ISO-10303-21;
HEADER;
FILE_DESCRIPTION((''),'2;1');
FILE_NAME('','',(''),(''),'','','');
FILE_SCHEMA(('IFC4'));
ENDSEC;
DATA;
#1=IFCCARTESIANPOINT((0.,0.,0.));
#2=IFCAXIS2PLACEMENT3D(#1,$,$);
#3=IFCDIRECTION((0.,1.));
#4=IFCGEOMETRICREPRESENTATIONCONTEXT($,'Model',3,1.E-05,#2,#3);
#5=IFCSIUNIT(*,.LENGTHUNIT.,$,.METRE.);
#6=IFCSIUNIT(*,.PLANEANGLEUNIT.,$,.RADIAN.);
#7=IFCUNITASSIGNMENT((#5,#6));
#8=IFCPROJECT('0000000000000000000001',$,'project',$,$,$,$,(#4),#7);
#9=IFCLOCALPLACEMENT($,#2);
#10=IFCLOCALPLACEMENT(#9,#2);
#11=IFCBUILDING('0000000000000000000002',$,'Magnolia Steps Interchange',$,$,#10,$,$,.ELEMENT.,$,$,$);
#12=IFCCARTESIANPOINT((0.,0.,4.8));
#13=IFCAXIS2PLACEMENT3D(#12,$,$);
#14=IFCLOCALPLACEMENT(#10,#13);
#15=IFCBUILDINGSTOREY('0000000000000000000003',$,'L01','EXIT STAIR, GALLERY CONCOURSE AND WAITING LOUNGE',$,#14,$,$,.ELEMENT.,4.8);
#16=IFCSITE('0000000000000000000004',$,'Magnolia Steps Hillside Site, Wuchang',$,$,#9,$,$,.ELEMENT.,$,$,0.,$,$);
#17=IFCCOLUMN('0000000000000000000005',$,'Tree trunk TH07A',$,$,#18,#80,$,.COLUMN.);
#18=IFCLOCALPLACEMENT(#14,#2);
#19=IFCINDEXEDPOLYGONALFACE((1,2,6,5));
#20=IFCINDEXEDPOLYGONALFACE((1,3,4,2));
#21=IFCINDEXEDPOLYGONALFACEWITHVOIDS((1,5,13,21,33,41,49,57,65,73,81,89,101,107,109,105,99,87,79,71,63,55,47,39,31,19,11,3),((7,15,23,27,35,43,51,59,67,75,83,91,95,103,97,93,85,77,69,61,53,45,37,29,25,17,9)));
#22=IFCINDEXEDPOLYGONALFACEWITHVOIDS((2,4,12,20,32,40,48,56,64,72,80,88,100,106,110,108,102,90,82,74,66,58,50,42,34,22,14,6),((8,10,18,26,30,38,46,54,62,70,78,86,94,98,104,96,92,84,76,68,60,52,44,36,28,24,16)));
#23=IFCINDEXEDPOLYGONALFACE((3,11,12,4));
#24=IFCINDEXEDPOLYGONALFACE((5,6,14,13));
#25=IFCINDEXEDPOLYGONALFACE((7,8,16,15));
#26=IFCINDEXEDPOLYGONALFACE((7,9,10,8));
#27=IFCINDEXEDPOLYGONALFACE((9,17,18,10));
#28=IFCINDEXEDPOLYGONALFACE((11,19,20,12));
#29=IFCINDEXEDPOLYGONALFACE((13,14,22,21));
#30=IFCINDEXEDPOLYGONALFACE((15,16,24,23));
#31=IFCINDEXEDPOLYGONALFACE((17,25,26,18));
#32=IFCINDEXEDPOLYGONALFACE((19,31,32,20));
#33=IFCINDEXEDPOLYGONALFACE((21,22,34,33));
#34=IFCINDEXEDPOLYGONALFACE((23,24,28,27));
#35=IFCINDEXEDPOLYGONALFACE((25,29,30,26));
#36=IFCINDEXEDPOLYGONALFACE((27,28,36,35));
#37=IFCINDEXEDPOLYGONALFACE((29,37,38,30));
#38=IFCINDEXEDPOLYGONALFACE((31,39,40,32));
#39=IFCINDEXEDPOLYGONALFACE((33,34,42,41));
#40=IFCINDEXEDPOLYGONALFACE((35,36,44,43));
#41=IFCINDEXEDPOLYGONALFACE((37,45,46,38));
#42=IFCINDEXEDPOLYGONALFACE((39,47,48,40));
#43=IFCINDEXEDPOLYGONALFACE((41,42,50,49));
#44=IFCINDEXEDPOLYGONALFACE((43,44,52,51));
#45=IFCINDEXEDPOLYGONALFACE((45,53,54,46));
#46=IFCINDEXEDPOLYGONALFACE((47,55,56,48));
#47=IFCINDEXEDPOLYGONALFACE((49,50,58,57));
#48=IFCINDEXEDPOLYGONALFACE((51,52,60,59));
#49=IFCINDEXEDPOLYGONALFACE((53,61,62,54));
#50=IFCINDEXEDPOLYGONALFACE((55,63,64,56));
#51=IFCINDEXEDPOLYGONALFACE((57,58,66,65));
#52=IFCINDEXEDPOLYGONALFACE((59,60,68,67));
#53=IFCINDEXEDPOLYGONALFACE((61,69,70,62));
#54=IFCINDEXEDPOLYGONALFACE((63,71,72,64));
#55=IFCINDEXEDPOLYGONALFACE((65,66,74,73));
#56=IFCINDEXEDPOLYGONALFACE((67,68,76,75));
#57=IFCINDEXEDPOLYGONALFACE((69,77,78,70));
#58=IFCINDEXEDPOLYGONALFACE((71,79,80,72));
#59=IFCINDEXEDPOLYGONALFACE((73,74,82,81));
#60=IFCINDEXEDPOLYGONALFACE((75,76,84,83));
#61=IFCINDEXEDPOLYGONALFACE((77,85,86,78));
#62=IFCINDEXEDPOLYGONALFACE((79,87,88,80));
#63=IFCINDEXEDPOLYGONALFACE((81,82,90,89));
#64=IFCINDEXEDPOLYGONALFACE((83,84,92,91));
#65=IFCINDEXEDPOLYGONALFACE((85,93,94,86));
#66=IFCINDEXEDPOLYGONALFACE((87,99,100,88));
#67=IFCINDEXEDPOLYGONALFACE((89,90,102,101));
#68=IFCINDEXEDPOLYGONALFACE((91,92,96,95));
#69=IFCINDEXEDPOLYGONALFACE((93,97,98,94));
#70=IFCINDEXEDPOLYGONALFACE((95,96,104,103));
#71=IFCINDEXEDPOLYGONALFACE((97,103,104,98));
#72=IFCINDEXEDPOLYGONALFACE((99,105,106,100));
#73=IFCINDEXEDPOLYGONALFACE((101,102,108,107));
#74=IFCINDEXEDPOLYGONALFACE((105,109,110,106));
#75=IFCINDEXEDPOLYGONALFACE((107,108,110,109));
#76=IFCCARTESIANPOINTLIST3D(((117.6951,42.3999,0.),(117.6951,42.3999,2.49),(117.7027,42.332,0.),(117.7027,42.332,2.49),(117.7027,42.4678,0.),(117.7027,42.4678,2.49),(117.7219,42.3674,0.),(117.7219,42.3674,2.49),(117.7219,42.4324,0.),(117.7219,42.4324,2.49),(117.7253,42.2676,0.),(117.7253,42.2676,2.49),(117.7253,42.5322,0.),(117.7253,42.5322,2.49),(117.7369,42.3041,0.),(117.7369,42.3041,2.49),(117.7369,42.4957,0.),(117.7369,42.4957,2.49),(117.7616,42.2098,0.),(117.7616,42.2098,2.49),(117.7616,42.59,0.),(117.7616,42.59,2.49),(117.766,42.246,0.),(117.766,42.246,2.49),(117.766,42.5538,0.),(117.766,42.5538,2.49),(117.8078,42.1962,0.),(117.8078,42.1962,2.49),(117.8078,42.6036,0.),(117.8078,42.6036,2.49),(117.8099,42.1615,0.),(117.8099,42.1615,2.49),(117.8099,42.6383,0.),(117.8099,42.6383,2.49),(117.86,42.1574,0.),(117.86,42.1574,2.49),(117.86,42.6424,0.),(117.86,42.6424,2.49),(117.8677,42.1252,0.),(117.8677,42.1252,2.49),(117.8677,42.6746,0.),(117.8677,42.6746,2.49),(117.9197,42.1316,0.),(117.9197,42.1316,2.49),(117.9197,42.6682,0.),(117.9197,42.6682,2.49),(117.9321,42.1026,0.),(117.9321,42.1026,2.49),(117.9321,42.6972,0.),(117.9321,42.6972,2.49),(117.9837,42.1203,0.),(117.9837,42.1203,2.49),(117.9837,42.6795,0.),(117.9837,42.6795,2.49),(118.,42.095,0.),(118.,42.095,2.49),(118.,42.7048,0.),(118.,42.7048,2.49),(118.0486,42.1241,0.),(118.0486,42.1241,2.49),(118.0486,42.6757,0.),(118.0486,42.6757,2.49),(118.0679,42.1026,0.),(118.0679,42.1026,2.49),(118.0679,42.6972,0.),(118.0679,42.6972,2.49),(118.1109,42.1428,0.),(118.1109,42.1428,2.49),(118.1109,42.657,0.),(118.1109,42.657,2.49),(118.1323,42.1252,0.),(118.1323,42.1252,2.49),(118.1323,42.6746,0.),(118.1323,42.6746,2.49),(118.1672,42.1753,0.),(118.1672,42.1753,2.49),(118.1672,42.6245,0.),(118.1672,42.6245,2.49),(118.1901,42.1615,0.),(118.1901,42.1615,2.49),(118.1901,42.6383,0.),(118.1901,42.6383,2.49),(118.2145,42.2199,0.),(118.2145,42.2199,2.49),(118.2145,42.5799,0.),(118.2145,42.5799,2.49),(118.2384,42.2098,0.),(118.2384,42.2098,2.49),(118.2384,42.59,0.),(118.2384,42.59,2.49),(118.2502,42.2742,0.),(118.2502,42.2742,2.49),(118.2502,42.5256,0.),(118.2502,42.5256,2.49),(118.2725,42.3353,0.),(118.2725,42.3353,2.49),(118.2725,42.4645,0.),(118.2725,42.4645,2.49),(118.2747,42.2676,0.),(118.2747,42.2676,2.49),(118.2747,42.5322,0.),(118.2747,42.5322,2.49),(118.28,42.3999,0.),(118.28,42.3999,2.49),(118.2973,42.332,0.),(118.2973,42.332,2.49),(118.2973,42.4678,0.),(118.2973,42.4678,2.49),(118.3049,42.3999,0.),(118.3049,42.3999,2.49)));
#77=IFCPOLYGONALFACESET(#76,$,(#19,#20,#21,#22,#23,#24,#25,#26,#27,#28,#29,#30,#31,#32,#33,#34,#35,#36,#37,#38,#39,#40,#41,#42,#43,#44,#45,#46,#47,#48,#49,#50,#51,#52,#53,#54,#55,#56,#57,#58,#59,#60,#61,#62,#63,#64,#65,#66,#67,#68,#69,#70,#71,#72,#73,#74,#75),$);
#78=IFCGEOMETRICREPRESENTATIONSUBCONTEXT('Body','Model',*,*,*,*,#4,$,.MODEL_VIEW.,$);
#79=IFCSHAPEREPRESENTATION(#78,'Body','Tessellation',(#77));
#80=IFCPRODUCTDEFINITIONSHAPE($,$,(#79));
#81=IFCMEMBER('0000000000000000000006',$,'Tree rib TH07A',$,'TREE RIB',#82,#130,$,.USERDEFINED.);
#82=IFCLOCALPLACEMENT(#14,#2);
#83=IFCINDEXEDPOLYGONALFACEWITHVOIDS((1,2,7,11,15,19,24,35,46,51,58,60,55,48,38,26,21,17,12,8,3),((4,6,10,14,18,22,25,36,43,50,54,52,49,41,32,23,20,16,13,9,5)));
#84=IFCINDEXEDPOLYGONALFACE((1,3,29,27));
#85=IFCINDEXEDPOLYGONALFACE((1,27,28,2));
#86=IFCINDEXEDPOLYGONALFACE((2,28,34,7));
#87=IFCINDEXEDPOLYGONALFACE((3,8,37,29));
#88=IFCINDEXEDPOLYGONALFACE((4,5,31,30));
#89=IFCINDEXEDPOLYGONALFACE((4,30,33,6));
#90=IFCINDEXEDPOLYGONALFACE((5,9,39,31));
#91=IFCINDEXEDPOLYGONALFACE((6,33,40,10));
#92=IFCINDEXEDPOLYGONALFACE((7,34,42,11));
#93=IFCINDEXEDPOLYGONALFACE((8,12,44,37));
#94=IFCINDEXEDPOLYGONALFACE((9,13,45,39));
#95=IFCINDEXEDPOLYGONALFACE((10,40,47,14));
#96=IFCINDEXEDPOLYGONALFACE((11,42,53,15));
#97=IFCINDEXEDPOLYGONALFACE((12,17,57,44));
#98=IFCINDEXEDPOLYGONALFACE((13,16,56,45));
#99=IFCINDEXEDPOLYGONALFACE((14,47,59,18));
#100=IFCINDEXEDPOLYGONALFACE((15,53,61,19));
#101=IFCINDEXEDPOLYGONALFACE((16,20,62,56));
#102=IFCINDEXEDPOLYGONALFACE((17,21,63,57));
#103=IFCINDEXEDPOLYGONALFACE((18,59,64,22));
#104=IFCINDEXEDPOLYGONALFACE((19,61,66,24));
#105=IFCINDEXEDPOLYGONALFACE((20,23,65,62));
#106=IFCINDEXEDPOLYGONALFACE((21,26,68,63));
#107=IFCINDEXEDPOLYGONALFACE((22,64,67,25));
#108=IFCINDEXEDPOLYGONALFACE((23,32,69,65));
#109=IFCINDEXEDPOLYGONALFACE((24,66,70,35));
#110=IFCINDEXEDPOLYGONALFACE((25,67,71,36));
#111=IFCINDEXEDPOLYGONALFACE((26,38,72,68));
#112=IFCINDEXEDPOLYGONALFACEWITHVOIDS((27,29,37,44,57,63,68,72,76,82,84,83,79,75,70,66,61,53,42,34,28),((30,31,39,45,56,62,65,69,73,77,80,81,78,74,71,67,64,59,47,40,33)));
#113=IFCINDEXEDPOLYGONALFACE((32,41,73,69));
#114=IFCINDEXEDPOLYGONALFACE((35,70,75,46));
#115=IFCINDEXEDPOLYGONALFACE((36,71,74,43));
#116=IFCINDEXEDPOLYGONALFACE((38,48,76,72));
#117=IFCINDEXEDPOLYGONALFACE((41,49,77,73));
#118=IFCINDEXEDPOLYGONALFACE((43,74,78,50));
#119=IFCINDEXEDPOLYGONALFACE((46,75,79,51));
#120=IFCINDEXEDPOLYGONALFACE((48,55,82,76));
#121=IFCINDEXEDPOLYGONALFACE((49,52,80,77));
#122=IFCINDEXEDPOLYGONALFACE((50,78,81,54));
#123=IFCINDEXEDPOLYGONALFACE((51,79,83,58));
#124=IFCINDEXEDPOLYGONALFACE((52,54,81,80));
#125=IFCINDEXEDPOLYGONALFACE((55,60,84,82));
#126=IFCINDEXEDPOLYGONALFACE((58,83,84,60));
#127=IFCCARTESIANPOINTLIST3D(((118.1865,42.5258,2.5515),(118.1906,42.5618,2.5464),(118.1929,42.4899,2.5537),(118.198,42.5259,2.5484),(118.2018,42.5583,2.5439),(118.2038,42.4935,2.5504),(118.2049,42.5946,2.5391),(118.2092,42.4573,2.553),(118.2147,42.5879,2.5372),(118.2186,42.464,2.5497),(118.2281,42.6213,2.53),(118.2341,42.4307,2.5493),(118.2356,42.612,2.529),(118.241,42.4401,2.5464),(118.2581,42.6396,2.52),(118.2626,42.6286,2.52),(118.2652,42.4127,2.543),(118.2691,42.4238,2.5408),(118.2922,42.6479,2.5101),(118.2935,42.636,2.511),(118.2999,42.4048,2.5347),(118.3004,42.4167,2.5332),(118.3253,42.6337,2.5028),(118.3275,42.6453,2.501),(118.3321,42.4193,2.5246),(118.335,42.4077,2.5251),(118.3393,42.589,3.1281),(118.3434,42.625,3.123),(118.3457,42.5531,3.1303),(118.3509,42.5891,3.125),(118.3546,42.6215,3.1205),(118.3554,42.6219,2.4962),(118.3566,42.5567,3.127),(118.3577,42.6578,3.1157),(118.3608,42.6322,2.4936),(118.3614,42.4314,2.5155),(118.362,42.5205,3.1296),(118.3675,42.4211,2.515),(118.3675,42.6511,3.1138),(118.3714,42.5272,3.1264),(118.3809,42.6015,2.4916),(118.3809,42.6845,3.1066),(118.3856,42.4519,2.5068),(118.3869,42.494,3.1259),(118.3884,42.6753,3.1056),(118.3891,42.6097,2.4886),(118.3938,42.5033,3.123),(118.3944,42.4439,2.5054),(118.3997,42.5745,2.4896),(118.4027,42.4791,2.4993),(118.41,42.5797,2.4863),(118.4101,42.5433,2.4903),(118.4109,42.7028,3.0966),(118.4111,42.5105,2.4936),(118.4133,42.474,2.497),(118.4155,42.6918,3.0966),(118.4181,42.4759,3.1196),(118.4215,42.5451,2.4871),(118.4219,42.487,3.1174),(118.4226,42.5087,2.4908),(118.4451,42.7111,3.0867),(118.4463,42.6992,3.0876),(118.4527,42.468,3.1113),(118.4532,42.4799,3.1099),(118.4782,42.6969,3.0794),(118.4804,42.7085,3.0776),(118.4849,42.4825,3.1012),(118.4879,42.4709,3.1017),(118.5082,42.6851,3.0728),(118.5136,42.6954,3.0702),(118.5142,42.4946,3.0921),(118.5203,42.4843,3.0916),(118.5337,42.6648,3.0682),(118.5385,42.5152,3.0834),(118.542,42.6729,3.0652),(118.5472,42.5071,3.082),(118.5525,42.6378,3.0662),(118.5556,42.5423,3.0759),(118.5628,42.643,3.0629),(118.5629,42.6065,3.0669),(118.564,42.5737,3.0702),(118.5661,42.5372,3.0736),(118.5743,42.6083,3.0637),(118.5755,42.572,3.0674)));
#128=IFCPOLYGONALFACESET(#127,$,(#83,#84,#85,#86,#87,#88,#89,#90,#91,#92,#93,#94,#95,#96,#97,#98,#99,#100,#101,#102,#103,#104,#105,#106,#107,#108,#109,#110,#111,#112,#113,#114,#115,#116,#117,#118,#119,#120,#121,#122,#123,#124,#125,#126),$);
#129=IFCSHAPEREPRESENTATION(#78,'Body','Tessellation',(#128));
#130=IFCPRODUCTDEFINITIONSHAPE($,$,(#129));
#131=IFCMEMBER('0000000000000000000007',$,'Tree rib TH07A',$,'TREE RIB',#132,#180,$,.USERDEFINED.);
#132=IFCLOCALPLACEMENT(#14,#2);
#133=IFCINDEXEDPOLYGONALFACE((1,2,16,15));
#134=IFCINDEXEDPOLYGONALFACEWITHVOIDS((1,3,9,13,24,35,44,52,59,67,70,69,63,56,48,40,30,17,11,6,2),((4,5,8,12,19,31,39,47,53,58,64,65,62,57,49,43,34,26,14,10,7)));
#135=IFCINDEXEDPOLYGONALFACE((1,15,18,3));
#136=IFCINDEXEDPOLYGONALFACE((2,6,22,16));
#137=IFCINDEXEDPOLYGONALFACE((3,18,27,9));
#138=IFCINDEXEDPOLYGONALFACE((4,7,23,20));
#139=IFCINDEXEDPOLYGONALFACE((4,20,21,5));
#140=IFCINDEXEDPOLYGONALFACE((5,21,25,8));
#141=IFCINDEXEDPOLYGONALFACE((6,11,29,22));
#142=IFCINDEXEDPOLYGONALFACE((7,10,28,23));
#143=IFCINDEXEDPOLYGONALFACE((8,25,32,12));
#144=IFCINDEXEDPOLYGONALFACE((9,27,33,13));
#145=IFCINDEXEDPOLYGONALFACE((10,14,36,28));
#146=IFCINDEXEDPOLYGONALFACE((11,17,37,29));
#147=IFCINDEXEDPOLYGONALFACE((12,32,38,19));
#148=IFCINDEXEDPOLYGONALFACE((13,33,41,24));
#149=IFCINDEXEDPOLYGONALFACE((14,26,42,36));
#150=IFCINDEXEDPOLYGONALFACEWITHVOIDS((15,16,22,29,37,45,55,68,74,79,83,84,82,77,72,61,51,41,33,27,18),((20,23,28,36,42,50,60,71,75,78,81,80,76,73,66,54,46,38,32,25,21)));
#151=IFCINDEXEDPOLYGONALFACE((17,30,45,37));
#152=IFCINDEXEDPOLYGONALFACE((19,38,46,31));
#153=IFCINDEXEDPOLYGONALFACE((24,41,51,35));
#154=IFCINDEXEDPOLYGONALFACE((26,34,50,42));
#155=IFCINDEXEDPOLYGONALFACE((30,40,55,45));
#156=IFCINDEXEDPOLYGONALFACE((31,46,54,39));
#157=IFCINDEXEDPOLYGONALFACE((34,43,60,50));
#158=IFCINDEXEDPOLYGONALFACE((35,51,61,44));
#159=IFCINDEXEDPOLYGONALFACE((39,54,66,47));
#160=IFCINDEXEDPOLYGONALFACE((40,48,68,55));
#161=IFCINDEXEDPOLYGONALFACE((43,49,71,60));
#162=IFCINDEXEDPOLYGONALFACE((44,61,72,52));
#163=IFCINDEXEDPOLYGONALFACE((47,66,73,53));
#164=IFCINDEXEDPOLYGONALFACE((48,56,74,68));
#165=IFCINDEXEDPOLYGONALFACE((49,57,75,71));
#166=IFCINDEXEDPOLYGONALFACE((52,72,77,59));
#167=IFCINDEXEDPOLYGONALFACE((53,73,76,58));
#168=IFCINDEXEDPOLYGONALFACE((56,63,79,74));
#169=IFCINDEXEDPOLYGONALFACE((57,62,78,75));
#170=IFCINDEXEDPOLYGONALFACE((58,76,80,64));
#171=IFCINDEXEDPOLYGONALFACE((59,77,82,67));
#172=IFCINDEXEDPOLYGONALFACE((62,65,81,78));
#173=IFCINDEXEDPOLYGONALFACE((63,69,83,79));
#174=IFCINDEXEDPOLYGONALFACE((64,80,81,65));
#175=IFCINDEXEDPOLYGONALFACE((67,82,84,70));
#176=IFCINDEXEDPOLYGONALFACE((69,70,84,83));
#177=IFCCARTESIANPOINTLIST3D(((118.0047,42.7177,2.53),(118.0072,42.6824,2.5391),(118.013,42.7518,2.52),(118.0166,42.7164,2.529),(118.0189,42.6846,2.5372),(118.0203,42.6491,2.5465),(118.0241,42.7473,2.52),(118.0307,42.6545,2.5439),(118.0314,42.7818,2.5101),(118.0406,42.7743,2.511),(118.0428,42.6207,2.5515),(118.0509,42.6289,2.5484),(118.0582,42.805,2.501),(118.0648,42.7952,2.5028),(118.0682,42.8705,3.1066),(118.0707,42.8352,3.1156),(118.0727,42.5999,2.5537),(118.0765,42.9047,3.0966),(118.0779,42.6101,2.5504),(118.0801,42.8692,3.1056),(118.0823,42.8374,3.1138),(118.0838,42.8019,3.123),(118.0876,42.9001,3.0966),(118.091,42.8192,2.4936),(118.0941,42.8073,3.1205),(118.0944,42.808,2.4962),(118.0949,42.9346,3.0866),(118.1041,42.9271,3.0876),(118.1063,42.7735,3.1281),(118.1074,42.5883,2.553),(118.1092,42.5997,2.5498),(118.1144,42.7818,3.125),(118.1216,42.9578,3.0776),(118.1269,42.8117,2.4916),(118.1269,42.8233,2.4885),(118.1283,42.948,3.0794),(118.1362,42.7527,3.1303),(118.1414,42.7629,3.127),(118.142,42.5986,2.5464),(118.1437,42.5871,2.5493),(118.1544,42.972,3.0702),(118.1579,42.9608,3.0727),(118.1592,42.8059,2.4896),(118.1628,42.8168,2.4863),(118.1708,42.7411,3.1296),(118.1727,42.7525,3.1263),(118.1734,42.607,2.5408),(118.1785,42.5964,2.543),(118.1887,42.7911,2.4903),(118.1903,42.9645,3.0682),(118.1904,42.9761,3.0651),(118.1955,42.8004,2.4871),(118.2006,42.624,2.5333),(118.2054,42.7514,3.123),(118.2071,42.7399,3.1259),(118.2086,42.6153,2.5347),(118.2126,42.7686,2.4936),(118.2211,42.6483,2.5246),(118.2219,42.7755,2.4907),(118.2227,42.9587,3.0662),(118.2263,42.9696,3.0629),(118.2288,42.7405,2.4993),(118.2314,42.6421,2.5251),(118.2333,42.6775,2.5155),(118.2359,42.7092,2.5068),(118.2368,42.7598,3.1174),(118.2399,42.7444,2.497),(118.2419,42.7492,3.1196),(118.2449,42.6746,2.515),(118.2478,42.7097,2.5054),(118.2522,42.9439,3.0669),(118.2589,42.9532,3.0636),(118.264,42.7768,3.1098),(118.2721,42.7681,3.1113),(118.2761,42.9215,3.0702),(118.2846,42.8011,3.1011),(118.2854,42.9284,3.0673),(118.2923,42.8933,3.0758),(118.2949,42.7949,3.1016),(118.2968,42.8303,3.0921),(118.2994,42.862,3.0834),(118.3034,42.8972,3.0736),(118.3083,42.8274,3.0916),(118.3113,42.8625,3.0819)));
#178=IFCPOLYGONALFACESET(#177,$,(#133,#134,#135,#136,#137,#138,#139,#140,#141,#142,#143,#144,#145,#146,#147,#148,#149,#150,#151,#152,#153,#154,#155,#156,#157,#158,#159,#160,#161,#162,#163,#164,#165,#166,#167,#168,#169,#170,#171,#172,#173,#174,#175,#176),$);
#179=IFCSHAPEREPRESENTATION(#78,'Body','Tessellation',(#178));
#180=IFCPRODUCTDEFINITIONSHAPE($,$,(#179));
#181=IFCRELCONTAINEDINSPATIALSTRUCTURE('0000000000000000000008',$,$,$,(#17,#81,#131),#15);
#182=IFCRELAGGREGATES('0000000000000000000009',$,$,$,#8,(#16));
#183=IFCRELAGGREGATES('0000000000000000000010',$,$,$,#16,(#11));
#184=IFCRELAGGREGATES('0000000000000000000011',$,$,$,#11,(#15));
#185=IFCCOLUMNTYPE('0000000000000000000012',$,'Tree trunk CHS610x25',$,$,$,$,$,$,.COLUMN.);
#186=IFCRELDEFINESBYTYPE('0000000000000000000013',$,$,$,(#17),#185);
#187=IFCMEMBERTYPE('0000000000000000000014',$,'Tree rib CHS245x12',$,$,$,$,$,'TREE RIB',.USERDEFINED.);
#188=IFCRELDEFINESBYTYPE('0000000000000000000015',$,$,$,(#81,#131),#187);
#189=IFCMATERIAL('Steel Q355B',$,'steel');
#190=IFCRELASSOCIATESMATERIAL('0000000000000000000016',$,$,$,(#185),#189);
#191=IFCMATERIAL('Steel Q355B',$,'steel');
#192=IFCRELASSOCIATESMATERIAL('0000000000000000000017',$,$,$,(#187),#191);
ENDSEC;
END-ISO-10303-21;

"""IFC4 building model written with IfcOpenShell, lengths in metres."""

from ifc_helpers import new_model, si_unit, direction, frame, origin, origin_2d, place, context, subcontext, project, spatial, hollow_circle, extrude, material, material_profile, profile_set, type_object, element, save


model = new_model("IFC4")

# Units and contexts
model_context = context("Model", 3, precision=1e-05, world=origin(), true_north=direction((0.0, 1.0)))
body_context = subcontext(model_context, "Body", "Model", "MODEL_VIEW")
ifc_project = project(units=[si_unit("LENGTHUNIT", "METRE"), si_unit("PLANEANGLEUNIT", "RADIAN")], contexts=[model_context])

# Site, building, storey
site_placement = place(None, origin())
site = spatial("IfcSite", under=ifc_project, at=site_placement, Name="Magnolia Steps Hillside Site, Wuchang", CompositionType="ELEMENT", RefElevation=0.0)
building_placement = place(site_placement, origin())
building = spatial("IfcBuilding", under=site, at=building_placement, Name="Magnolia Steps Interchange", CompositionType="ELEMENT")
storey_placement = place(building_placement, frame((0.0, 0.0, 4.8)))
storey = spatial("IfcBuildingStorey", under=building, at=storey_placement, Name="L01", Description="EXIT STAIR, GALLERY CONCOURSE AND WAITING LOUNGE", CompositionType="ELEMENT", Elevation=4.8)

# Column
ifc_material_1 = material(Name="Steel Q355B", Category="steel")
ifc_material_profile_1 = material_profile(ifc_material_1, hollow_circle(Radius=0.3049, WallThickness=0.0249, at=origin_2d()), Name="CHS610x25")
ifc_profile_set_1 = profile_set([ifc_material_profile_1], Name="Steel Q355B")
column_type = type_object("IfcColumnType", Name="Tree trunk CHS610x25", PredefinedType="COLUMN", material=ifc_profile_set_1)
column_placement = place(storey_placement, frame((118.0, 42.3999, 0.0), z_axis=(0.0, 0.0, 1.0), x_axis=(1.0, 0.0, 0.0)))
element("IfcColumn", 1, at=column_placement, inside=storey, type_object=column_type, Name="Tree trunk TH07A", PredefinedType="COLUMN", context=body_context, shape_type="SweptSolid", body=[
    extrude(hollow_circle(Radius=0.3049, WallThickness=0.0249, at=origin_2d()), origin(), (0.0, 0.0, 1.0), 2.49),
])

# Members
ifc_material_2 = material(Name="Steel Q355B", Category="steel")
ifc_material_profile_2 = material_profile(ifc_material_2, hollow_circle(Radius=0.1226, WallThickness=0.012, at=origin_2d()), Name="CHS245x12")
ifc_profile_set_2 = profile_set([ifc_material_profile_2], Name="Steel Q355B")
member_type = type_object("IfcMemberType", Name="Tree rib CHS245x12", ElementType="TREE RIB", PredefinedType="USERDEFINED", material=ifc_profile_set_2)
for number, where, z_axis, x_axis, name in (
    (2, (118.3049, 42.5264, 2.52), (0.254758, 0.105403, 0.961243), (-0.382308, 0.924035, 0.0), "Tree rib TH07A"),
    (3, (118.1262, 42.7048, 2.52), (0.105805, 0.254747, 0.961202), (-0.923513, 0.383568, 0.0), "Tree rib TH07A"),
):
    element("IfcMember", number, at=place(storey_placement, frame(where, z_axis=z_axis, x_axis=x_axis)), inside=storey, type_object=member_type, Name=name, ObjectType="TREE RIB", PredefinedType="USERDEFINED", context=body_context, shape_type="SweptSolid", body=[
        extrude(hollow_circle(Radius=0.1226, WallThickness=0.012, at=origin_2d()), origin(), (0.0, 0.0, 1.0), 0.5999),
    ])

save(model, "model.ifc")
